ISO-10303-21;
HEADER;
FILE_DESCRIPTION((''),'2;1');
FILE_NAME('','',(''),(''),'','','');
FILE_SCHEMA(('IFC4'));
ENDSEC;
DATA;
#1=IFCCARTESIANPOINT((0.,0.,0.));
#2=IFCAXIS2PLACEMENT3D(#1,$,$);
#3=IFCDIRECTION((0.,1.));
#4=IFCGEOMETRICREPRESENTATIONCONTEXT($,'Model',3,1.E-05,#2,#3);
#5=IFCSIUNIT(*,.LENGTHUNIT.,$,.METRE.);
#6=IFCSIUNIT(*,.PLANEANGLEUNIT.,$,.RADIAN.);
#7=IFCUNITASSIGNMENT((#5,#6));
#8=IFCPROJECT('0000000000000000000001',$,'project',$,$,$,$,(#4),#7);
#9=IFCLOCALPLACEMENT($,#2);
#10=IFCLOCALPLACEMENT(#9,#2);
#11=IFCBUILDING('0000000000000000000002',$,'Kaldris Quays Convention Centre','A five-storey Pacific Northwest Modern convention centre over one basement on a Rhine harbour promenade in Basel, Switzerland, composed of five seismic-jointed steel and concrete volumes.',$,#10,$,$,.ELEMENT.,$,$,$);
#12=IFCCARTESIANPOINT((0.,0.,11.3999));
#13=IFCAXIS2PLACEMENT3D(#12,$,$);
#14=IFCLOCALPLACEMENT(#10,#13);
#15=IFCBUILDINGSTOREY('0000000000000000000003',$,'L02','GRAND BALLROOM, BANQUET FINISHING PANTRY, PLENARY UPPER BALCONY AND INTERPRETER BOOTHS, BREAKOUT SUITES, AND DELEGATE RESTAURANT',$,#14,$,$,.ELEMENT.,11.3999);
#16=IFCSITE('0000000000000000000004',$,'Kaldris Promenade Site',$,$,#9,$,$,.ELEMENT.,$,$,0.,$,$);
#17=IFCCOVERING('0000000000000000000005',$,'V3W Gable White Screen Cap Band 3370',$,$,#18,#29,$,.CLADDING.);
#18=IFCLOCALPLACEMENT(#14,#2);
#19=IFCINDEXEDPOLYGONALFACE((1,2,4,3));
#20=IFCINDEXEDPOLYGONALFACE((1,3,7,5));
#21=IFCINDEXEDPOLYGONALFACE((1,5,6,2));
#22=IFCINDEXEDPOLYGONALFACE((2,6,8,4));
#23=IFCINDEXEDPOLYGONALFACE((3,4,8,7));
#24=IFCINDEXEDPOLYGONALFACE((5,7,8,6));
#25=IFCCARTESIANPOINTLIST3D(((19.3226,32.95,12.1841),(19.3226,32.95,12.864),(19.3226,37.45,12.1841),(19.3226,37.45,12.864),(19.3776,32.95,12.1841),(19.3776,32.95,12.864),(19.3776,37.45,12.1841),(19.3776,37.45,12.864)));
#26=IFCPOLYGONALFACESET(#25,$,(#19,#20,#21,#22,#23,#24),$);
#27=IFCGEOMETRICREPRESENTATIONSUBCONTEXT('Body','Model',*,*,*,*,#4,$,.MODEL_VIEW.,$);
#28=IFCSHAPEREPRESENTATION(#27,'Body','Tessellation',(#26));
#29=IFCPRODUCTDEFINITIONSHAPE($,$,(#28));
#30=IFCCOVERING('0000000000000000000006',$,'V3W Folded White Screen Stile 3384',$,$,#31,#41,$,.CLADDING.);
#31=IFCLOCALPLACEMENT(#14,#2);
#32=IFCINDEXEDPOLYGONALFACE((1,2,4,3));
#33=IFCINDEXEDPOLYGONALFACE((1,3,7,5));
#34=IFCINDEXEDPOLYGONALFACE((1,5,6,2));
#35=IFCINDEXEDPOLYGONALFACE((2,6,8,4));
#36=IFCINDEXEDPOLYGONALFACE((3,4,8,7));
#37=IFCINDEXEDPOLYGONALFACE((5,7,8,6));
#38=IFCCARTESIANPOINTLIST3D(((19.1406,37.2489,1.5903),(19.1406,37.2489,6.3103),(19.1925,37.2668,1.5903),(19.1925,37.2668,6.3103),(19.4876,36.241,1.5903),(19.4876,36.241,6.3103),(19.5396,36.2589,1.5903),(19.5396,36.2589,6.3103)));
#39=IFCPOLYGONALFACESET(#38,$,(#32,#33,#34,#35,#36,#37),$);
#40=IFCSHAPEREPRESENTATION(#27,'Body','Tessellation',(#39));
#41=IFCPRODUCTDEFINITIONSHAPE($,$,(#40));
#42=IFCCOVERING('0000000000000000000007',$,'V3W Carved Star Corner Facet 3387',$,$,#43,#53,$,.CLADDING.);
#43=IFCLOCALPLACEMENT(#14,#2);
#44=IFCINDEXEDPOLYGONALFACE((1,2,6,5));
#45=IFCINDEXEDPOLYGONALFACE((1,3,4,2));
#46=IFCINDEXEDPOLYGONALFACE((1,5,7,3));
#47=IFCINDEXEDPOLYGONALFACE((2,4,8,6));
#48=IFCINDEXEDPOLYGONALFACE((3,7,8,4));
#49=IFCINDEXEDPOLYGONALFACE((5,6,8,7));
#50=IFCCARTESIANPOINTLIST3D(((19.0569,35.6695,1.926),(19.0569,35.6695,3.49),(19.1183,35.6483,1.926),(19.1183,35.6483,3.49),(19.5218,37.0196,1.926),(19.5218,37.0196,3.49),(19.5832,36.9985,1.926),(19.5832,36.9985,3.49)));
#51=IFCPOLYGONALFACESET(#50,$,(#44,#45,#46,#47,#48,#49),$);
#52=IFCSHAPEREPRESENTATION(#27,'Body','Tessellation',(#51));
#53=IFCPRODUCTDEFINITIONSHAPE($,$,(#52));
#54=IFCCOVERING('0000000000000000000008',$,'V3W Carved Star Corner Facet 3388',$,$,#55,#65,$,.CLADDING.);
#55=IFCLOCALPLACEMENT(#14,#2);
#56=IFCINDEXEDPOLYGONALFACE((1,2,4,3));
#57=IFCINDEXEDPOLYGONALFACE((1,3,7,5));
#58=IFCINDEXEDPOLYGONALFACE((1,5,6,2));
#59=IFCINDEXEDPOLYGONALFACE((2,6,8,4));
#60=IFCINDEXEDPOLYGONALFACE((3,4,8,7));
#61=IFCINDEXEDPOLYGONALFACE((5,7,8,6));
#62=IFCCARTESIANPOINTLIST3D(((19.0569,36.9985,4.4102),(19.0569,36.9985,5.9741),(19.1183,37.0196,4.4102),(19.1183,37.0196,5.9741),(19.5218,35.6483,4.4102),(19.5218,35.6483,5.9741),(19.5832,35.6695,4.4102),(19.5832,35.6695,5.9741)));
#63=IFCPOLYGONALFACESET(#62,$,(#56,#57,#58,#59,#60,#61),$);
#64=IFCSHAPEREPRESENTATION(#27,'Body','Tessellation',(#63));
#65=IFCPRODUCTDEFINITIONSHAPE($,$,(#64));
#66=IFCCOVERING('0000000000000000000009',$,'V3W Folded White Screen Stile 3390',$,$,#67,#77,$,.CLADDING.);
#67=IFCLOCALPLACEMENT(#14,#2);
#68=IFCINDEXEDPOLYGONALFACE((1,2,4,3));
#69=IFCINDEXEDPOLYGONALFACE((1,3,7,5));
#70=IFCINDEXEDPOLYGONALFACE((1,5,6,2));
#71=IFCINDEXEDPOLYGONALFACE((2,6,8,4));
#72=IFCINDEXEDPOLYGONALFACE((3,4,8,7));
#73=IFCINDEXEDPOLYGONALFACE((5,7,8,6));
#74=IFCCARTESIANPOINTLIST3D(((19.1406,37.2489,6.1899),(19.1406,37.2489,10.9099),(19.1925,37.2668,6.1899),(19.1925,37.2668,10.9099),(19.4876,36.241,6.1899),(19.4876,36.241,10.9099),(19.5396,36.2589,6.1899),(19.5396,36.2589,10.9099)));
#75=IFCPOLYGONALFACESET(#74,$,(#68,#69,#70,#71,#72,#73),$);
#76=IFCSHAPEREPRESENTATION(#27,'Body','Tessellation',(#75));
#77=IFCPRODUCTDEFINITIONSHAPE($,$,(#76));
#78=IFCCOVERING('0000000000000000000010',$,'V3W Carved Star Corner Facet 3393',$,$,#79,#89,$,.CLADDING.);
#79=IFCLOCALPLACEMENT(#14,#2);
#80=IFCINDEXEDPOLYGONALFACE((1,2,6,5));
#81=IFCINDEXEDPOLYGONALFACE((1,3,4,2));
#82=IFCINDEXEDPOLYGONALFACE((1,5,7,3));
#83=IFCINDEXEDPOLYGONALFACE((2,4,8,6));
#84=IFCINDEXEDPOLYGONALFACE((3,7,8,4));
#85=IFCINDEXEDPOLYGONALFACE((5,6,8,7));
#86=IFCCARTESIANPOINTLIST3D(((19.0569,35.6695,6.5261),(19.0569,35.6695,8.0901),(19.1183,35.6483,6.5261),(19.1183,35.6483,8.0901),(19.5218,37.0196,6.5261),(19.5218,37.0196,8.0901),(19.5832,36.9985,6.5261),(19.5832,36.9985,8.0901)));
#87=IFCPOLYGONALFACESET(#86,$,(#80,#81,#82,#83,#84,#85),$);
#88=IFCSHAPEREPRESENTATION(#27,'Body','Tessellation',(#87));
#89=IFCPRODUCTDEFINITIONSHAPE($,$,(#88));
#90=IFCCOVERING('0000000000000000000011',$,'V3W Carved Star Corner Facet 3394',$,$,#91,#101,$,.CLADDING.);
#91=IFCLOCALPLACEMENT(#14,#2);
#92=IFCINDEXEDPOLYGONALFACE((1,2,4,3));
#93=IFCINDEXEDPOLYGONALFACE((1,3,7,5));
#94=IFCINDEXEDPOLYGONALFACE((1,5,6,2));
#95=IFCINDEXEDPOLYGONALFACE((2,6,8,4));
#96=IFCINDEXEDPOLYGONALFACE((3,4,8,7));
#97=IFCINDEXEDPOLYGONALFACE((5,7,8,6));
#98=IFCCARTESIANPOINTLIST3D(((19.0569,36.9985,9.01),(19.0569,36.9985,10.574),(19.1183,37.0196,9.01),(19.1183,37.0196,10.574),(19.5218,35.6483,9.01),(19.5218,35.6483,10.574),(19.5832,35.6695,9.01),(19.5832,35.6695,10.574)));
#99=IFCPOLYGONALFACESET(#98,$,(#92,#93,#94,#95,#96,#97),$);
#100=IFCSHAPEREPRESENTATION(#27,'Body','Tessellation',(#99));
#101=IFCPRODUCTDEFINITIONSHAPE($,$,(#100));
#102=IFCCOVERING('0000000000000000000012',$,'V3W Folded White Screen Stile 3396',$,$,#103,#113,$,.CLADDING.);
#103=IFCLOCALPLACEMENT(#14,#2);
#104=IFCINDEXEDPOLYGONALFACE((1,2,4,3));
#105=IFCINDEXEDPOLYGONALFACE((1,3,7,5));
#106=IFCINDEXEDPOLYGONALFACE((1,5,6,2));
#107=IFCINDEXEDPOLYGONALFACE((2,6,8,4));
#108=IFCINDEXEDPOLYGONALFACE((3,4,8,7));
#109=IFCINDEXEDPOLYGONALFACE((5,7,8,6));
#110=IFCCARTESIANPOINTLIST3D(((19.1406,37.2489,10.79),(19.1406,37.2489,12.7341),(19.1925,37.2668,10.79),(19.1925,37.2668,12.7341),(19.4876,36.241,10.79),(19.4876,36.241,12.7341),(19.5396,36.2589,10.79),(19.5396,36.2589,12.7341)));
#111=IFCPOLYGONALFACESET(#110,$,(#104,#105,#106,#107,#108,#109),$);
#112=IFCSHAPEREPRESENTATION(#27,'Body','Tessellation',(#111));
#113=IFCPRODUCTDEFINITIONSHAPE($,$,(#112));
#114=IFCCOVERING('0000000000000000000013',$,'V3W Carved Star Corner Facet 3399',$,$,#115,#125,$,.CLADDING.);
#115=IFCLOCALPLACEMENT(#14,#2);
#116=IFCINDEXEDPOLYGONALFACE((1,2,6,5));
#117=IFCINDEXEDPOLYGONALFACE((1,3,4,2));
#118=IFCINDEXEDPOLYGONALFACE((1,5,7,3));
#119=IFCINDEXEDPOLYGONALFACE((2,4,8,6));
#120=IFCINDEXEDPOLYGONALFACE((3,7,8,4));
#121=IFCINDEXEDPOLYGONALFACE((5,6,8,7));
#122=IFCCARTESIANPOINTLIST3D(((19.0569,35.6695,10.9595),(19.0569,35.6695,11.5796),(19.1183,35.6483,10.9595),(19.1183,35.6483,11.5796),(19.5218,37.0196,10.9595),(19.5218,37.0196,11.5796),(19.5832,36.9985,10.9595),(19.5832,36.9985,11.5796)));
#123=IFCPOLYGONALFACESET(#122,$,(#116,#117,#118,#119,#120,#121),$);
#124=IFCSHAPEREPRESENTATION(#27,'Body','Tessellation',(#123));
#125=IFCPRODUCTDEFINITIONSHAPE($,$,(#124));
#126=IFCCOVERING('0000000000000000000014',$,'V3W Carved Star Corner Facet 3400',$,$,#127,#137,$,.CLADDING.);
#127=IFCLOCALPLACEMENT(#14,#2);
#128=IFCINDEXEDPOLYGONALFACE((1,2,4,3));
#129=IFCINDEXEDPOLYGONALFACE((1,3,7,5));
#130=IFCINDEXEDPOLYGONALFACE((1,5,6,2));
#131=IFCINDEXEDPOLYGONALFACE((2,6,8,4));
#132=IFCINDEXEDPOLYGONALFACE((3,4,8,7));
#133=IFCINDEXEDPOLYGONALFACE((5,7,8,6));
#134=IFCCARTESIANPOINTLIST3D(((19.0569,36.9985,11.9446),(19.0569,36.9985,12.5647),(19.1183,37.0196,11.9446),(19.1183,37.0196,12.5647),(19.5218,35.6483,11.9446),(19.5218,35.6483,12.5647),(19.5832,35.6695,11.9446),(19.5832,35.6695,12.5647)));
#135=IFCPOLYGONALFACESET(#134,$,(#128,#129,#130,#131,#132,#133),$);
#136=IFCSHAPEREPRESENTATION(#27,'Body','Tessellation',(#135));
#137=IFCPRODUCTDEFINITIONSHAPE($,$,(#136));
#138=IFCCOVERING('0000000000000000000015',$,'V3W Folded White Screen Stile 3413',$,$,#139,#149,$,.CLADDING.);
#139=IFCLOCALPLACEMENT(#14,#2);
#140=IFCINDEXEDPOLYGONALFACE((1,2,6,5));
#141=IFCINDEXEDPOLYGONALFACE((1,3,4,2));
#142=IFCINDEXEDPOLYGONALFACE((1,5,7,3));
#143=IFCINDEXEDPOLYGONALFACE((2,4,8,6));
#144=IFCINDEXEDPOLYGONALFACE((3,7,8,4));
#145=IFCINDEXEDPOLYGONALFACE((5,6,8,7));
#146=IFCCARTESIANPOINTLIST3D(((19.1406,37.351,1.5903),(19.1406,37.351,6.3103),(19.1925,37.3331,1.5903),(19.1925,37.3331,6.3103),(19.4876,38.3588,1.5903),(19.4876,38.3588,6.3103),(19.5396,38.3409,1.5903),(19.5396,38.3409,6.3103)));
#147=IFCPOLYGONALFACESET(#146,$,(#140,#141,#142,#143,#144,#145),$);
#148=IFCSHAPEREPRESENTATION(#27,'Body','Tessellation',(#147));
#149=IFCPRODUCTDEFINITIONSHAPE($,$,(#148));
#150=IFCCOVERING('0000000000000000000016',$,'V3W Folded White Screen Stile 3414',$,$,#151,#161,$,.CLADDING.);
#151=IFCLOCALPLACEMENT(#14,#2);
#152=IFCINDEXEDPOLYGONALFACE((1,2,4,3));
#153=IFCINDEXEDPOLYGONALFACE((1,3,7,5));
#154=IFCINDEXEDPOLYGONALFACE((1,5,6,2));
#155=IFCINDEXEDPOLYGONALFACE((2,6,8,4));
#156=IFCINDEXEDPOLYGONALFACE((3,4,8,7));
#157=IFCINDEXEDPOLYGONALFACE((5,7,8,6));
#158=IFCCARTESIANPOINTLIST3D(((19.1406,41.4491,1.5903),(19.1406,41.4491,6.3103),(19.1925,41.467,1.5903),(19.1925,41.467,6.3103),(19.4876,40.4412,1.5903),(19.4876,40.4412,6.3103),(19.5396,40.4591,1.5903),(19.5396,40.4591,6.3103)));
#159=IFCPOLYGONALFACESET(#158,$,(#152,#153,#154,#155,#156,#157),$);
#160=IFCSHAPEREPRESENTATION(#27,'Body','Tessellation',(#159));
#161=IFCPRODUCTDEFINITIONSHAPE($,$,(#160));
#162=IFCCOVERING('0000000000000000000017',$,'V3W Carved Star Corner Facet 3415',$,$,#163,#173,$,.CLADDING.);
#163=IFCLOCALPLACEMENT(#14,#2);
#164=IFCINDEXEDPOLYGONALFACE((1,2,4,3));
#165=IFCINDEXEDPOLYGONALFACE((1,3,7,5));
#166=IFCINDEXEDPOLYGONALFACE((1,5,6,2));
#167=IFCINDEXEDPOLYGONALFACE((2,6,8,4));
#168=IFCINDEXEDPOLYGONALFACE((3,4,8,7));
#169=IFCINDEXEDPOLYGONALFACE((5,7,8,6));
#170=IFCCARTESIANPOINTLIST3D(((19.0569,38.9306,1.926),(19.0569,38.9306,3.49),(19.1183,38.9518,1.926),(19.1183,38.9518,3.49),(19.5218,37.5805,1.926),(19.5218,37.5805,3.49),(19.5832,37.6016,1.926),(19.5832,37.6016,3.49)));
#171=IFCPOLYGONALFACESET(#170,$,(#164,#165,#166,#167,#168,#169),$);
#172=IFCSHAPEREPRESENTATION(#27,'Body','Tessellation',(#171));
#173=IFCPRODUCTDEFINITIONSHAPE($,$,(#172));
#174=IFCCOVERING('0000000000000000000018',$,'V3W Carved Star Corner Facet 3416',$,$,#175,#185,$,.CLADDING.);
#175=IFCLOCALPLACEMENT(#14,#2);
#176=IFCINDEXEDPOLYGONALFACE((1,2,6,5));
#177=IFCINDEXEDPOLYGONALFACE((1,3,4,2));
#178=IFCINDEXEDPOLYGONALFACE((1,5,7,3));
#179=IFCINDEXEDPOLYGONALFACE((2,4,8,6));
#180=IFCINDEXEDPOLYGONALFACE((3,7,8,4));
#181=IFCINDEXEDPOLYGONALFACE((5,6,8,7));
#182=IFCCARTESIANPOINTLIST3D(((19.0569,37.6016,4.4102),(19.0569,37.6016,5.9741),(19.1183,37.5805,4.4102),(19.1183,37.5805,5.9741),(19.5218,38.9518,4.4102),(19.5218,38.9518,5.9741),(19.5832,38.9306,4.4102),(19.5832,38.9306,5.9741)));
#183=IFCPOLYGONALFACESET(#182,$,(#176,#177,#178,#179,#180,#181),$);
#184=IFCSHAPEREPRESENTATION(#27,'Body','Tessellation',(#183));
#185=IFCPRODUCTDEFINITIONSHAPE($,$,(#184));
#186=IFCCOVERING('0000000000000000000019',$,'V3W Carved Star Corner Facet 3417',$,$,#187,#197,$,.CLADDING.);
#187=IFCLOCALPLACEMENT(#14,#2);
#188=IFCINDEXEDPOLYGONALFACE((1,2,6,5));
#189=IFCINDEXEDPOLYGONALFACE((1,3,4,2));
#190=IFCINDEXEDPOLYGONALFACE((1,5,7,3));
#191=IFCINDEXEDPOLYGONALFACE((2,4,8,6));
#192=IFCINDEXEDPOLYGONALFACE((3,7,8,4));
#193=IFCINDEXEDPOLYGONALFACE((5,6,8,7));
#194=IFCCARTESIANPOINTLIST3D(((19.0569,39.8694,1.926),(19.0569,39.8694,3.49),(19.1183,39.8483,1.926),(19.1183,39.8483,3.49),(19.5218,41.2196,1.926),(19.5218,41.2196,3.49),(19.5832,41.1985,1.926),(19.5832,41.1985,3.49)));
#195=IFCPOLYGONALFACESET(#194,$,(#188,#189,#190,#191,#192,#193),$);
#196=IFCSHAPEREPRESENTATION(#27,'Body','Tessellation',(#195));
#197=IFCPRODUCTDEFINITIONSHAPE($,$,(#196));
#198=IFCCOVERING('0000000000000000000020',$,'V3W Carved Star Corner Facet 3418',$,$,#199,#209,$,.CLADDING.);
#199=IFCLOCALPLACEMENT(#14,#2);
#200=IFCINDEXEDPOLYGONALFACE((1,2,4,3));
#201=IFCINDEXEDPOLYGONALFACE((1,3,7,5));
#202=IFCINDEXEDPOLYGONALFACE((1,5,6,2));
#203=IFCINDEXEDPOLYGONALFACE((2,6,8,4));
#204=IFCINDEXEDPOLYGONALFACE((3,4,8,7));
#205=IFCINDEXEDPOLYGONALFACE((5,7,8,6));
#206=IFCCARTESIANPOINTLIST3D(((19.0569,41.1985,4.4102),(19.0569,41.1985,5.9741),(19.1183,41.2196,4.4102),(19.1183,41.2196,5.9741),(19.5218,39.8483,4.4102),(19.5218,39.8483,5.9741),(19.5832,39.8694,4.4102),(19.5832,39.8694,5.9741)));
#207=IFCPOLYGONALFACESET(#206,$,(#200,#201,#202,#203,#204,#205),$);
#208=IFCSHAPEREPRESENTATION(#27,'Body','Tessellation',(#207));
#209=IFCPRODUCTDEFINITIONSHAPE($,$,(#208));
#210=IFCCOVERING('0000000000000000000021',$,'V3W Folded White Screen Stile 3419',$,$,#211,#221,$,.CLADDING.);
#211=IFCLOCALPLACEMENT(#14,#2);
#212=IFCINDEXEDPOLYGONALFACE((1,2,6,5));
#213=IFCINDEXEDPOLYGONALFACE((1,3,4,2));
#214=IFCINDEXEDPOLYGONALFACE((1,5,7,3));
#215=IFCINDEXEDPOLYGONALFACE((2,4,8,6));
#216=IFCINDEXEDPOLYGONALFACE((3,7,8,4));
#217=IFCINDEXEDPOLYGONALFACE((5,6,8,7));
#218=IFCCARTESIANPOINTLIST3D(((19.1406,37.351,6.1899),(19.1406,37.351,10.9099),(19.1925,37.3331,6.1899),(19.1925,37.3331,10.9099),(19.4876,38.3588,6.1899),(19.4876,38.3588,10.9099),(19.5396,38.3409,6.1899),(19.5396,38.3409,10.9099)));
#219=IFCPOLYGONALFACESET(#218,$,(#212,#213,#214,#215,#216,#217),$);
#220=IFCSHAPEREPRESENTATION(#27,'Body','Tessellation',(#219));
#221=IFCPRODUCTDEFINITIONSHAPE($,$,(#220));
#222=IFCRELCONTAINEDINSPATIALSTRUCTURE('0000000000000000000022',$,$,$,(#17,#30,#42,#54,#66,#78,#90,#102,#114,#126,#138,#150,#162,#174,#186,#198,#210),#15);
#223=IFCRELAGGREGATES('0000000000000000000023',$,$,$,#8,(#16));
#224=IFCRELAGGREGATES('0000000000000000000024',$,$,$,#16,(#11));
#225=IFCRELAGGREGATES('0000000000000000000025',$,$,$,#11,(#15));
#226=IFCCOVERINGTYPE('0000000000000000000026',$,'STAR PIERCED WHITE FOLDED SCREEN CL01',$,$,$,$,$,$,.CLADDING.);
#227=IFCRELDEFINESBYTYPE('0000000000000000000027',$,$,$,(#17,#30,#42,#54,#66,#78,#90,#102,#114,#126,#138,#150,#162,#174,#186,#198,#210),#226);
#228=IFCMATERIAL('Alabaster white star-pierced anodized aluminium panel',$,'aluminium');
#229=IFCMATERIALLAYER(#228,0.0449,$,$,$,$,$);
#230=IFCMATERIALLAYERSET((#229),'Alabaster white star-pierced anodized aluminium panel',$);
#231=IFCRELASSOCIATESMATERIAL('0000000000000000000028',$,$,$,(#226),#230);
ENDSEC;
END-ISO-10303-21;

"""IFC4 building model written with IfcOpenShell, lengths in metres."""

from ifc_helpers import new_model, si_unit, direction, frame, origin, origin_2d, place, context, subcontext, project, spatial, rectangle, extrude, material, layer, layer_set, type_object, element, save


model = new_model("IFC4")

# Units and contexts
model_context = context("Model", 3, precision=1e-05, world=origin(), true_north=direction((0.0, 1.0)))
body_context = subcontext(model_context, "Body", "Model", "MODEL_VIEW")
ifc_project = project(units=[si_unit("LENGTHUNIT", "METRE"), si_unit("PLANEANGLEUNIT", "RADIAN")], contexts=[model_context])

# Site, building, storey
site_placement = place(None, origin())
site = spatial("IfcSite", under=ifc_project, at=site_placement, Name="Kaldris Promenade Site", CompositionType="ELEMENT", RefElevation=0.0)
building_placement = place(site_placement, origin())
building = spatial("IfcBuilding", under=site, at=building_placement, Name="Kaldris Quays Convention Centre", Description="A five-storey Pacific Northwest Modern convention centre over one basement on a Rhine harbour promenade in Basel, Switzerland, composed of five seismic-jointed steel and concrete volumes.", CompositionType="ELEMENT")
storey_placement = place(building_placement, frame((0.0, 0.0, 11.3999)))
storey = spatial("IfcBuildingStorey", under=building, at=storey_placement, Name="L02", Description="GRAND BALLROOM, BANQUET FINISHING PANTRY, PLENARY UPPER BALCONY AND INTERPRETER BOOTHS, BREAKOUT SUITES, AND DELEGATE RESTAURANT", CompositionType="ELEMENT", Elevation=11.3999)

# Coverings
ifc_material_1 = material(Name="Alabaster white star-pierced anodized aluminium panel", Category="aluminium")
ifc_layer = layer(ifc_material_1, 0.0449)
ifc_layer_set = layer_set([ifc_layer], Name="Alabaster white star-pierced anodized aluminium panel")
covering_type = type_object("IfcCoveringType", Name="STAR PIERCED WHITE FOLDED SCREEN CL01", PredefinedType="CLADDING", material=ifc_layer_set)
covering_1_placement = place(storey_placement, frame((19.3501, 35.2, 12.1841), z_axis=(0.0, 0.0, 1.0), x_axis=(0.0, 1.0, 0.0)))
element("IfcCovering", 1, at=covering_1_placement, inside=storey, type_object=covering_type, Name="V3W Gable White Screen Cap Band 3370", PredefinedType="CLADDING", context=body_context, shape_type="SweptSolid", body=[
    extrude(rectangle(XDim=4.5, YDim=0.0549, at=origin_2d()), origin(), (0.0, 0.0, 1.0), 0.6799),
])
covering_2_placement = place(storey_placement, frame((19.3401, 36.7539, 1.5903), z_axis=(0.0, 0.0, 1.0), x_axis=(-0.325568, 0.945519, 0.0)))
element("IfcCovering", 2, at=covering_2_placement, inside=storey, type_object=covering_type, Name="V3W Folded White Screen Stile 3384", PredefinedType="CLADDING", context=body_context, shape_type="SweptSolid", body=[
    extrude(rectangle(XDim=1.0659, YDim=0.0549, at=origin_2d()), origin(), (0.0, 0.0, 1.0), 4.72),
])
for number, where, z_axis, x_axis, name in (
    (3, (19.3201, 36.334, 1.926), (0.0, 0.0, 1.0), (0.325568, 0.945519, 0.0), "V3W Carved Star Corner Facet 3387"),
    (4, (19.3201, 36.334, 4.4102), (0.0, 0.0, 1.0), (-0.325568, 0.945519, 0.0), "V3W Carved Star Corner Facet 3388"),
):
    element("IfcCovering", number, at=place(storey_placement, frame(where, z_axis=z_axis, x_axis=x_axis)), inside=storey, type_object=covering_type, Name=name, PredefinedType="CLADDING", context=body_context, shape_type="SweptSolid", body=[
        extrude(rectangle(XDim=1.428, YDim=0.0649, at=origin_2d()), origin(), (0.0, 0.0, 1.0), 1.564),
    ])
covering_3_placement = place(storey_placement, frame((19.3401, 36.7539, 6.1899), z_axis=(0.0, 0.0, 1.0), x_axis=(-0.325568, 0.945519, 0.0)))
element("IfcCovering", 5, at=covering_3_placement, inside=storey, type_object=covering_type, Name="V3W Folded White Screen Stile 3390", PredefinedType="CLADDING", context=body_context, shape_type="SweptSolid", body=[
    extrude(rectangle(XDim=1.0659, YDim=0.0549, at=origin_2d()), origin(), (0.0, 0.0, 1.0), 4.72),
])
for number, where, z_axis, x_axis, name in (
    (6, (19.3201, 36.334, 6.5261), (0.0, 0.0, 1.0), (0.325568, 0.945519, 0.0), "V3W Carved Star Corner Facet 3393"),
    (7, (19.3201, 36.334, 9.01), (0.0, 0.0, 1.0), (-0.325568, 0.945519, 0.0), "V3W Carved Star Corner Facet 3394"),
):
    element("IfcCovering", number, at=place(storey_placement, frame(where, z_axis=z_axis, x_axis=x_axis)), inside=storey, type_object=covering_type, Name=name, PredefinedType="CLADDING", context=body_context, shape_type="SweptSolid", body=[
        extrude(rectangle(XDim=1.428, YDim=0.0649, at=origin_2d()), origin(), (0.0, 0.0, 1.0), 1.564),
    ])
covering_4_placement = place(storey_placement, frame((19.3401, 36.7539, 10.79), z_axis=(0.0, 0.0, 1.0), x_axis=(-0.325568, 0.945519, 0.0)))
element("IfcCovering", 8, at=covering_4_placement, inside=storey, type_object=covering_type, Name="V3W Folded White Screen Stile 3396", PredefinedType="CLADDING", context=body_context, shape_type="SweptSolid", body=[
    extrude(rectangle(XDim=1.0659, YDim=0.0549, at=origin_2d()), origin(), (0.0, 0.0, 1.0), 1.9441),
])
for number, where, z_axis, x_axis, name in (
    (9, (19.3201, 36.334, 10.9595), (0.0, 0.0, 1.0), (0.325568, 0.945519, 0.0), "V3W Carved Star Corner Facet 3399"),
    (10, (19.3201, 36.334, 11.9446), (0.0, 0.0, 1.0), (-0.325568, 0.945519, 0.0), "V3W Carved Star Corner Facet 3400"),
):
    element("IfcCovering", number, at=place(storey_placement, frame(where, z_axis=z_axis, x_axis=x_axis)), inside=storey, type_object=covering_type, Name=name, PredefinedType="CLADDING", context=body_context, shape_type="SweptSolid", body=[
        extrude(rectangle(XDim=1.428, YDim=0.0649, at=origin_2d()), origin(), (0.0, 0.0, 1.0), 0.6201),
    ])
for number, where, z_axis, x_axis, name in (
    (11, (19.3401, 37.8459, 1.5903), (0.0, 0.0, 1.0), (0.325568, 0.945519, 0.0), "V3W Folded White Screen Stile 3413"),
    (12, (19.3401, 40.9541, 1.5903), (0.0, 0.0, 1.0), (-0.325568, 0.945519, 0.0), "V3W Folded White Screen Stile 3414"),
):
    element("IfcCovering", number, at=place(storey_placement, frame(where, z_axis=z_axis, x_axis=x_axis)), inside=storey, type_object=covering_type, Name=name, PredefinedType="CLADDING", context=body_context, shape_type="SweptSolid", body=[
        extrude(rectangle(XDim=1.0659, YDim=0.0549, at=origin_2d()), origin(), (0.0, 0.0, 1.0), 4.72),
    ])
for number, where, z_axis, x_axis, name in (
    (13, (19.3201, 38.2661, 1.926), (0.0, 0.0, 1.0), (-0.325568, 0.945519, 0.0), "V3W Carved Star Corner Facet 3415"),
    (14, (19.3201, 38.2661, 4.4102), (0.0, 0.0, 1.0), (0.325568, 0.945519, 0.0), "V3W Carved Star Corner Facet 3416"),
    (15, (19.3201, 40.5339, 1.926), (0.0, 0.0, 1.0), (0.325568, 0.945519, 0.0), "V3W Carved Star Corner Facet 3417"),
    (16, (19.3201, 40.5339, 4.4102), (0.0, 0.0, 1.0), (-0.325568, 0.945519, 0.0), "V3W Carved Star Corner Facet 3418"),
):
    element("IfcCovering", number, at=place(storey_placement, frame(where, z_axis=z_axis, x_axis=x_axis)), inside=storey, type_object=covering_type, Name=name, PredefinedType="CLADDING", context=body_context, shape_type="SweptSolid", body=[
        extrude(rectangle(XDim=1.428, YDim=0.0649, at=origin_2d()), origin(), (0.0, 0.0, 1.0), 1.564),
    ])
for number, where, z_axis, x_axis, name in (
    (17, (19.3401, 37.8459, 6.1899), (0.0, 0.0, 1.0), (0.325568, 0.945519, 0.0), "V3W Folded White Screen Stile 3419"),
):
    element("IfcCovering", number, at=place(storey_placement, frame(where, z_axis=z_axis, x_axis=x_axis)), inside=storey, type_object=covering_type, Name=name, PredefinedType="CLADDING", context=body_context, shape_type="SweptSolid", body=[
        extrude(rectangle(XDim=1.0659, YDim=0.0549, at=origin_2d()), origin(), (0.0, 0.0, 1.0), 4.72),
    ])

save(model, "model.ifc")
